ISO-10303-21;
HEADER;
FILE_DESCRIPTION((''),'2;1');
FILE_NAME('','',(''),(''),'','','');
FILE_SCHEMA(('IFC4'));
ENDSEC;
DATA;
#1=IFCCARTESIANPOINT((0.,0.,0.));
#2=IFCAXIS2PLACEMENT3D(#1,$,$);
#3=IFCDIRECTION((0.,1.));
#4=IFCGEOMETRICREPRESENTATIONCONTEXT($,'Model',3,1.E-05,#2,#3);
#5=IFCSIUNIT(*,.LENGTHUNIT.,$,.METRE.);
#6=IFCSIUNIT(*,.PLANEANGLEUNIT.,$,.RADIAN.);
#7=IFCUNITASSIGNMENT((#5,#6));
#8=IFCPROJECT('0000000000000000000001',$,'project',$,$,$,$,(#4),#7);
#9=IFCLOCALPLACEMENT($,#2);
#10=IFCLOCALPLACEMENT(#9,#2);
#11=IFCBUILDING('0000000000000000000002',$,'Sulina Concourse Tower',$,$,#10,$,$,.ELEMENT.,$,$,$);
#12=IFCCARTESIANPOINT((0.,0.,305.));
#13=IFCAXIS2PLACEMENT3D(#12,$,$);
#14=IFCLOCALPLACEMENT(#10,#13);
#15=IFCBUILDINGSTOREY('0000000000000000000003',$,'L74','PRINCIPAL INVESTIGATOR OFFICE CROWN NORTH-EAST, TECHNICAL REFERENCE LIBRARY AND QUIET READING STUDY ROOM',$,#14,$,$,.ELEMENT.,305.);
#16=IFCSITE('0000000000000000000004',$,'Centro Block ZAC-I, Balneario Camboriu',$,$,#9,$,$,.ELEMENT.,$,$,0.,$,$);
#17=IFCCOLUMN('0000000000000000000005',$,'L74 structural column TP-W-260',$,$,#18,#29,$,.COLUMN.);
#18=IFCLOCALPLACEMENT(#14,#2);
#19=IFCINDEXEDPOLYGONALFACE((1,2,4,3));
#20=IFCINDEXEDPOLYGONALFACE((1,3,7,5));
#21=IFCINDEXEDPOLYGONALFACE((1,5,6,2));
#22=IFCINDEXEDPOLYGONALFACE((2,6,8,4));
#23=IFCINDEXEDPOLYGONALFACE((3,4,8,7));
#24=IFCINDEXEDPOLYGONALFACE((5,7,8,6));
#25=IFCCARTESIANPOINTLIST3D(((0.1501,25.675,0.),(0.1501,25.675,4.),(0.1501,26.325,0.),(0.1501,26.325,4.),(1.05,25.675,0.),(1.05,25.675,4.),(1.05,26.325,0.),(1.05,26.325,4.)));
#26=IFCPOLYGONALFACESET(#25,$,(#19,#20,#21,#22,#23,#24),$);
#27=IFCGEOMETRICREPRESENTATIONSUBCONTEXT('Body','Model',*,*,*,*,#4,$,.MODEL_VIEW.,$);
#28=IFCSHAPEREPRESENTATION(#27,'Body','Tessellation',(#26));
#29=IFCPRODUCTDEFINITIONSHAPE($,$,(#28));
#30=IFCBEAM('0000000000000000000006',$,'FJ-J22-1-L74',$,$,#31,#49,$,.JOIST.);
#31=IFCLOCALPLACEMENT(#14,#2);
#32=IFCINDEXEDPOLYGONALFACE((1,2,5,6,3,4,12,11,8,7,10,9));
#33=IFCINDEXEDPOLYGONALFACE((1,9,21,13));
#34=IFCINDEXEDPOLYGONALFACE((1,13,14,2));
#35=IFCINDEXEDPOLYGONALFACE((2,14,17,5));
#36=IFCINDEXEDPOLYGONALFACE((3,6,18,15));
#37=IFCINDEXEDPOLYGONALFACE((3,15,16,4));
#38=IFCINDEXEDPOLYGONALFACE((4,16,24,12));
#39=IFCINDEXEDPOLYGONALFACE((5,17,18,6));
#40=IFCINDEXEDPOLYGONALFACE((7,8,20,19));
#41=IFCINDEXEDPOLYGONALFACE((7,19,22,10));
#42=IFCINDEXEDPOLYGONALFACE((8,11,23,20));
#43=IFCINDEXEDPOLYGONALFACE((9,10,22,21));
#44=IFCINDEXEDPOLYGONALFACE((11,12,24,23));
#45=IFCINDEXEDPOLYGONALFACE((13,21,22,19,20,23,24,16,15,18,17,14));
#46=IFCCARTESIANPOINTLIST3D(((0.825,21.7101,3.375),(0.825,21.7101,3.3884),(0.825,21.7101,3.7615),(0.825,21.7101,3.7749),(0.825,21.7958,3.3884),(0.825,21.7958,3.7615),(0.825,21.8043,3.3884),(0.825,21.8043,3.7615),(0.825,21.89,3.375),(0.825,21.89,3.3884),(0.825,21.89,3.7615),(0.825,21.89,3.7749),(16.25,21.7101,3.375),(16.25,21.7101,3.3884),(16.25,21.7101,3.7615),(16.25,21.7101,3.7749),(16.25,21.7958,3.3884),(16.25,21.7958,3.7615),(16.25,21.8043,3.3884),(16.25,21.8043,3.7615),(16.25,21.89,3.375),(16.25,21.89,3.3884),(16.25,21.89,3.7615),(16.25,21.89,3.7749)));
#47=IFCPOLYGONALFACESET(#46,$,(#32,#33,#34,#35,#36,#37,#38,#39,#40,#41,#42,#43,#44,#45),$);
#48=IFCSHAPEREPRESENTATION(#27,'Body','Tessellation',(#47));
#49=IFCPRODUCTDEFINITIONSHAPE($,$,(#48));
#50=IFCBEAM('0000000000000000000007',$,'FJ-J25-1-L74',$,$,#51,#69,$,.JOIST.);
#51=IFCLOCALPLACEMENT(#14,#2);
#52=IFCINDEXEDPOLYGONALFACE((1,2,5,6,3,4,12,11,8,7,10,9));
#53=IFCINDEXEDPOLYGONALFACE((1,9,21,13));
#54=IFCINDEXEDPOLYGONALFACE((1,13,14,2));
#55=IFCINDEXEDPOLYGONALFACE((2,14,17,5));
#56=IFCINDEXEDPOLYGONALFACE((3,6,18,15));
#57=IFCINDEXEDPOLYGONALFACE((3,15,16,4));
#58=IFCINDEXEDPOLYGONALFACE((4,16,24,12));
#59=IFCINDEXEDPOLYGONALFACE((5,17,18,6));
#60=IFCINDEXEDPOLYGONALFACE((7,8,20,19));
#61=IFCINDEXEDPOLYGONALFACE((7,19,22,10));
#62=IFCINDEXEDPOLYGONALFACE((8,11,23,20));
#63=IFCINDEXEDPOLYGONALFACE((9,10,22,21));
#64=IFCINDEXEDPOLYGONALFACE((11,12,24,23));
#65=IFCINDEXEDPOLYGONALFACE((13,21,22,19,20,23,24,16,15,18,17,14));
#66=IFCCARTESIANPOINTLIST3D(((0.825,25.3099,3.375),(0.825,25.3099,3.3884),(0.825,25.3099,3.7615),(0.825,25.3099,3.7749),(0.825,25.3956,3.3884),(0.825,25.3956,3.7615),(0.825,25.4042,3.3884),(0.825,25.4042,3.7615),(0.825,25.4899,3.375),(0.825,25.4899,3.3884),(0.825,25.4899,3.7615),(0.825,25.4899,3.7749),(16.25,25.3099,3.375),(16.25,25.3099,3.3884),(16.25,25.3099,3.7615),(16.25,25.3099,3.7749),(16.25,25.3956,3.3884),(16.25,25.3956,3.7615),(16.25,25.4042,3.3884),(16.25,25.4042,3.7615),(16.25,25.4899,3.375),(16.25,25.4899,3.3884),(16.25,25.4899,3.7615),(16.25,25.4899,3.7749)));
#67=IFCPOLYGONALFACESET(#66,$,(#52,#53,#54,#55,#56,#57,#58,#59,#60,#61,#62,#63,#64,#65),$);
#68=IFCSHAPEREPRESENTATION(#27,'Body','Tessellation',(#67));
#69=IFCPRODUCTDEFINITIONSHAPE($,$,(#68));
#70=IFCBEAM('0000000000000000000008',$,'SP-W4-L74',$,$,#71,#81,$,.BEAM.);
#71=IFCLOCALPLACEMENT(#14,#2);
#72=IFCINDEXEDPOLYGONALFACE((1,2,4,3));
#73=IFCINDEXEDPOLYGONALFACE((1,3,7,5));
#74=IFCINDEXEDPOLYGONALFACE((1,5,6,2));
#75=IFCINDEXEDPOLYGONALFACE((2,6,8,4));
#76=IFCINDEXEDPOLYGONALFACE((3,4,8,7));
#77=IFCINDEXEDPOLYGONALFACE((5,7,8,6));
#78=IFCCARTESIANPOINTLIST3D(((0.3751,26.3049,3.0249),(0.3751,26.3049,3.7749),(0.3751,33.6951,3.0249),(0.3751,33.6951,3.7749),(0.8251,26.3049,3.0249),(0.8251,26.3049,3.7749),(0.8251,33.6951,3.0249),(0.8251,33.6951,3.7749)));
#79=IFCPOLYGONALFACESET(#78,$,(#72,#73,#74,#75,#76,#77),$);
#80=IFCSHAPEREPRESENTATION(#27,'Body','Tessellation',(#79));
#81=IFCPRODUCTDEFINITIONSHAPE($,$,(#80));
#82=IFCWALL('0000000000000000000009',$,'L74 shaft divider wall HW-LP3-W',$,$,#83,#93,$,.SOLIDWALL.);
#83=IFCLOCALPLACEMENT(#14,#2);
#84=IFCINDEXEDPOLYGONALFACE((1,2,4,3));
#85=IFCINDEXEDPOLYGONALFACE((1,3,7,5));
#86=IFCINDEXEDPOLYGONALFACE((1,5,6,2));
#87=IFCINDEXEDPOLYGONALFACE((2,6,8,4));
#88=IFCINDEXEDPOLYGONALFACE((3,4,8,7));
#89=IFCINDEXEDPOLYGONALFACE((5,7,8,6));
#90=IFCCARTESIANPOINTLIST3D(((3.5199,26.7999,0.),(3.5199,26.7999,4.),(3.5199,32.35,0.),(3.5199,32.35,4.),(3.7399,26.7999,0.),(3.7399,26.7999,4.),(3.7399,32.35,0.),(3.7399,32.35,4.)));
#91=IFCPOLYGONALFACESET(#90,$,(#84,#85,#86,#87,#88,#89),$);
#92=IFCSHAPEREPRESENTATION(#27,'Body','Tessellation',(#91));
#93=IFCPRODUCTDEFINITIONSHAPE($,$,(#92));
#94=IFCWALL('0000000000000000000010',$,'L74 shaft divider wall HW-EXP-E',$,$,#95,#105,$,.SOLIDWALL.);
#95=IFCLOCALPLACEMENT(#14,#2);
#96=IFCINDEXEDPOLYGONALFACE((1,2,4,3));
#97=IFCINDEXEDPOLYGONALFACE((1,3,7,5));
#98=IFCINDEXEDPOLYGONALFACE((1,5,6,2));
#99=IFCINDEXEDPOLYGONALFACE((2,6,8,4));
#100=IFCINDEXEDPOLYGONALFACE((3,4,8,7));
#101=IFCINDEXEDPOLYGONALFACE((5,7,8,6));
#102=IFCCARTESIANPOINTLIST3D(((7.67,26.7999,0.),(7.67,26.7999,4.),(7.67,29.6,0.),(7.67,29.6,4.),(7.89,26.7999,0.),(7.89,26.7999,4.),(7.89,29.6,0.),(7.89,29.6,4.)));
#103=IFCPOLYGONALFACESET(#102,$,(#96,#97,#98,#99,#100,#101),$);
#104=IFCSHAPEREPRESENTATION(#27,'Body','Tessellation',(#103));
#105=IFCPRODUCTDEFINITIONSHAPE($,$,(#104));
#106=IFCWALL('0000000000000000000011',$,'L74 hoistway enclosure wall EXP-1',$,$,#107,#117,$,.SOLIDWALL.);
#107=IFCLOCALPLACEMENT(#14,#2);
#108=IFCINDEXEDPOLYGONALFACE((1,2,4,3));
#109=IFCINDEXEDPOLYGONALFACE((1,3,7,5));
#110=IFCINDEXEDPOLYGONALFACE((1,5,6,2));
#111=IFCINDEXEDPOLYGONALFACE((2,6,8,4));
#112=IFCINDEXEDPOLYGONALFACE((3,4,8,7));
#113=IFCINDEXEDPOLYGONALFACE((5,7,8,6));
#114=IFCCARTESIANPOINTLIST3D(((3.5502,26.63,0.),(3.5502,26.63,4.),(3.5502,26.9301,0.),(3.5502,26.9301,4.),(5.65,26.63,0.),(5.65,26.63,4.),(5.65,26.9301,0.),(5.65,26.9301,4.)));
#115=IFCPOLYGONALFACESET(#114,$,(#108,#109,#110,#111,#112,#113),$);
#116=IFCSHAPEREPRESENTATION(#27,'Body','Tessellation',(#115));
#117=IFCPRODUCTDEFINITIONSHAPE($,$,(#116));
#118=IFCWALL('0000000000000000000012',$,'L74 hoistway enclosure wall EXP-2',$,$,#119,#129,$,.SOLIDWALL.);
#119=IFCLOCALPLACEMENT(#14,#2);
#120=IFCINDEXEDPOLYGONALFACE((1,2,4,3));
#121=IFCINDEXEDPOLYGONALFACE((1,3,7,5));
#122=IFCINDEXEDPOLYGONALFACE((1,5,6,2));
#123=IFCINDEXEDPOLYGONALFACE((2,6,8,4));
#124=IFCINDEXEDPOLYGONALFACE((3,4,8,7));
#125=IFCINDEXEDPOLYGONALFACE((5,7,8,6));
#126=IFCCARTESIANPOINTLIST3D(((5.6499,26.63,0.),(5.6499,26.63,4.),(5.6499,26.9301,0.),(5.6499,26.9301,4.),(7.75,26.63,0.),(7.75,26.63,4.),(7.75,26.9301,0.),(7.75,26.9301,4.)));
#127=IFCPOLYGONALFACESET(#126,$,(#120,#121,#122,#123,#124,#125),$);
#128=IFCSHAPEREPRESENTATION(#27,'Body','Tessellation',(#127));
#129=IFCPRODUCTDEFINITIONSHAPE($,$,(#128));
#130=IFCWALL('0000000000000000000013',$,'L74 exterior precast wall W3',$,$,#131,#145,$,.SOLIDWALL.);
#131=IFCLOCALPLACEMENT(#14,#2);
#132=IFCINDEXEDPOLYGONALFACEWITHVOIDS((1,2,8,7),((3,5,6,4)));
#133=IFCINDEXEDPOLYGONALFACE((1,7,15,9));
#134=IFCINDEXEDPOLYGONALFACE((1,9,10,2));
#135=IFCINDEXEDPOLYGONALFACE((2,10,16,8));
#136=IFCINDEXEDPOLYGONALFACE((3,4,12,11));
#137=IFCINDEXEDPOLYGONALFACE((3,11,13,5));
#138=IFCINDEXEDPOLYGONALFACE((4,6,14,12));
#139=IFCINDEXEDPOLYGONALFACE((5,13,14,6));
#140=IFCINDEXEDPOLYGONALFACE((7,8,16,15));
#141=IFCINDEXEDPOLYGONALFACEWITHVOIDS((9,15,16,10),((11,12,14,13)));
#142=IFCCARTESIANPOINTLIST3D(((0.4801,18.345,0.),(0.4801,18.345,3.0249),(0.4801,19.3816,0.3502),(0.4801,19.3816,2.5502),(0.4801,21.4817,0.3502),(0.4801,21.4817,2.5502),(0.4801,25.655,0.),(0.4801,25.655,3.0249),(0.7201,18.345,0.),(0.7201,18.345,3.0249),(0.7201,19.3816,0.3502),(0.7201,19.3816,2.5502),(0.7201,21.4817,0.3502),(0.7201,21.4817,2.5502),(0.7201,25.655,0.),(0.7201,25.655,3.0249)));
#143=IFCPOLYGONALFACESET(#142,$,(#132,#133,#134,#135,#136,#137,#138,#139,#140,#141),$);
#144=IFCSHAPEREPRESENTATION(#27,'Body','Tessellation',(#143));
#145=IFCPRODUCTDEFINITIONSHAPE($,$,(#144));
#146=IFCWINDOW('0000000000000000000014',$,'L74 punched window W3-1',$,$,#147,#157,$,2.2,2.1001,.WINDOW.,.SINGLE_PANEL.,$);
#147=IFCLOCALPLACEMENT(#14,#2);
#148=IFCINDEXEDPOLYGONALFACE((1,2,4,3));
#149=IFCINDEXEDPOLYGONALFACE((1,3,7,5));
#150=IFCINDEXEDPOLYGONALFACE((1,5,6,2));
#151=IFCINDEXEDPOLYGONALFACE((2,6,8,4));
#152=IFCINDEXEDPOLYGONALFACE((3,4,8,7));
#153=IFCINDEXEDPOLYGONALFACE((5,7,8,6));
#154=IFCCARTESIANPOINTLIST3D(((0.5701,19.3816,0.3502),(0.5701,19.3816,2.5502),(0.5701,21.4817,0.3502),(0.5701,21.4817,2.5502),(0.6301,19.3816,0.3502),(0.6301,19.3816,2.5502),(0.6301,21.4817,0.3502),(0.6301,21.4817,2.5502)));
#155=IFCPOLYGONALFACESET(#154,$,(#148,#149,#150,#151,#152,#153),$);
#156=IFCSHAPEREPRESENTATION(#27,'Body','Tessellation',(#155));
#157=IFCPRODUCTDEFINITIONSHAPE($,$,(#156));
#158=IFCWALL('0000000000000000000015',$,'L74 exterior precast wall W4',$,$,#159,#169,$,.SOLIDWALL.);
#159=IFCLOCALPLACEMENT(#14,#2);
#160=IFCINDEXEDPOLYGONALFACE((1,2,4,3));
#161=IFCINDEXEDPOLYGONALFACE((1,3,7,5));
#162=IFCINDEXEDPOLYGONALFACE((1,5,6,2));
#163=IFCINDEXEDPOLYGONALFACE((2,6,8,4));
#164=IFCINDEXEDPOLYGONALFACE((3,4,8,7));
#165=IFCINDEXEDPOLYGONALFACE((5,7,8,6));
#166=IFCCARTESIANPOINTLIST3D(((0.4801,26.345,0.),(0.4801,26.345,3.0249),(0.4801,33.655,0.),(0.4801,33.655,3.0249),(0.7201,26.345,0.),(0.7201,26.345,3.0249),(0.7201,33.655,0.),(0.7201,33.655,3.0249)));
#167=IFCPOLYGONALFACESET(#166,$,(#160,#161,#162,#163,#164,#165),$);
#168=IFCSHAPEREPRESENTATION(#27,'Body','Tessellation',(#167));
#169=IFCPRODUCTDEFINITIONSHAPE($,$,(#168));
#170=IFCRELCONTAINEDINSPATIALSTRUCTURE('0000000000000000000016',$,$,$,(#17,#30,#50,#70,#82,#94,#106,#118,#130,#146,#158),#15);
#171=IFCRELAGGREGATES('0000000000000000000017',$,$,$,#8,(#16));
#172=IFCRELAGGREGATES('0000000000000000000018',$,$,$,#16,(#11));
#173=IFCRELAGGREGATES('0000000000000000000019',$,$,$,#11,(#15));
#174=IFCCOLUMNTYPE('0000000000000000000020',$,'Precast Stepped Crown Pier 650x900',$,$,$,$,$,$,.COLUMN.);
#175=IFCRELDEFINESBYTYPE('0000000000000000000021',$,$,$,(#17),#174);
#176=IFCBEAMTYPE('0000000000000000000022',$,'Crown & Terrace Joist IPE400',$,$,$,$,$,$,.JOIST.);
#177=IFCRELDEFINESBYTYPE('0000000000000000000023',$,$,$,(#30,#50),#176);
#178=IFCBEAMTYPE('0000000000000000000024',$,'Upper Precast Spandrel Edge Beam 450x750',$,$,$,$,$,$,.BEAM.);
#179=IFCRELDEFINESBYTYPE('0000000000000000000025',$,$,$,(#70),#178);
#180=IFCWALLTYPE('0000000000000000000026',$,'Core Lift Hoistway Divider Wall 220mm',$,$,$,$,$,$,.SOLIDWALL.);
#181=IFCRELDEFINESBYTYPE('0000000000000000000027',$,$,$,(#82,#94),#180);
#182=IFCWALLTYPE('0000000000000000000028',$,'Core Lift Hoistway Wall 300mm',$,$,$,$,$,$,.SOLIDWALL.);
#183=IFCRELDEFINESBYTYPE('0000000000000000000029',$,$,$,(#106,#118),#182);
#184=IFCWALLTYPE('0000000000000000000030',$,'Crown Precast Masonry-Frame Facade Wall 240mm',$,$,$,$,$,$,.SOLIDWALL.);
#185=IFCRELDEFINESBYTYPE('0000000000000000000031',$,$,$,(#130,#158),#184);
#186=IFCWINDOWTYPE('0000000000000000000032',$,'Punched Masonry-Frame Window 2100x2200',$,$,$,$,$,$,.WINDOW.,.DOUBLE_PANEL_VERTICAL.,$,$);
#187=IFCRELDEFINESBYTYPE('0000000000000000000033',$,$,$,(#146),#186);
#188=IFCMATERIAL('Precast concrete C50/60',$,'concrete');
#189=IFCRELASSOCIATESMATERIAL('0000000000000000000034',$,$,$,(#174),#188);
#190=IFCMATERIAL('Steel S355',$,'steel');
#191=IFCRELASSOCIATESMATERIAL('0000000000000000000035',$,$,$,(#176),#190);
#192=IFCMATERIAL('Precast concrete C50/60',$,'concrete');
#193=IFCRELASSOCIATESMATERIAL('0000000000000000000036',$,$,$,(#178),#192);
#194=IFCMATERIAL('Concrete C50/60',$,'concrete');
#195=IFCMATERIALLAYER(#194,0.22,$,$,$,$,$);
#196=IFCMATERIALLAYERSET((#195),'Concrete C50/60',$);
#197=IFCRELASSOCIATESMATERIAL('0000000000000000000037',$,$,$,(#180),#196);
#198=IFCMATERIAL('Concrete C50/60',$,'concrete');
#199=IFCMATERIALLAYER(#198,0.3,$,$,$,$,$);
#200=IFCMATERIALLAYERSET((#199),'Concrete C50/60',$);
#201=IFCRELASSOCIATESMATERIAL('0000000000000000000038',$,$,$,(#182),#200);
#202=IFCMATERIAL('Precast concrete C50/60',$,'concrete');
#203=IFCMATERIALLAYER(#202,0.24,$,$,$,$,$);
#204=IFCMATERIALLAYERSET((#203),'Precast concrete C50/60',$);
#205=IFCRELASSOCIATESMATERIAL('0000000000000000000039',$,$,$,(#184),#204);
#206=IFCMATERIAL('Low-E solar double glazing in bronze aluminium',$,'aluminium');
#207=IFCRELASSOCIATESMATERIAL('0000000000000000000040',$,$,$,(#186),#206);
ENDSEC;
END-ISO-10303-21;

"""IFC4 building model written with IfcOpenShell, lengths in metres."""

from ifc_helpers import new_model, si_unit, direction, frame, frame_2d, origin, origin_2d, place, context, subcontext, project, spatial, rectangle, i_section, extrude, material, layer, layer_set, material_profile, profile_set, type_object, element, fill, save


model = new_model("IFC4")

# Units and contexts
model_context = context("Model", 3, precision=1e-05, world=origin(), true_north=direction((0.0, 1.0)))
body_context = subcontext(model_context, "Body", "Model", "MODEL_VIEW")
ifc_project = project(units=[si_unit("LENGTHUNIT", "METRE"), si_unit("PLANEANGLEUNIT", "RADIAN")], contexts=[model_context])

# Site, building, storey
site_placement = place(None, origin())
site = spatial("IfcSite", under=ifc_project, at=site_placement, Name="Centro Block ZAC-I, Balneario Camboriu", CompositionType="ELEMENT", RefElevation=0.0)
building_placement = place(site_placement, origin())
building = spatial("IfcBuilding", under=site, at=building_placement, Name="Sulina Concourse Tower", CompositionType="ELEMENT")
storey_placement = place(building_placement, frame((0.0, 0.0, 305.0)))
storey = spatial("IfcBuildingStorey", under=building, at=storey_placement, Name="L74", Description="PRINCIPAL INVESTIGATOR OFFICE CROWN NORTH-EAST, TECHNICAL REFERENCE LIBRARY AND QUIET READING STUDY ROOM", CompositionType="ELEMENT", Elevation=305.0)

# Column
ifc_material_1 = material(Name="Precast concrete C50/60", Category="concrete")
ifc_material_profile_1 = material_profile(ifc_material_1, rectangle(XDim=0.6499, YDim=0.8999, at=origin_2d()), Name="PC 650x900")
ifc_profile_set_1 = profile_set([ifc_material_profile_1], Name="Precast concrete C50/60")
column_type = type_object("IfcColumnType", Name="Precast Stepped Crown Pier 650x900", PredefinedType="COLUMN", material=ifc_profile_set_1)
column_placement = place(storey_placement, frame((0.6001, 26.0, 0.0), z_axis=(0.0, 0.0, 1.0), x_axis=(0.0, 1.0, 0.0)))
element("IfcColumn", 1, at=column_placement, inside=storey, type_object=column_type, Name="L74 structural column TP-W-260", PredefinedType="COLUMN", context=body_context, shape_type="SweptSolid", body=[
    extrude(rectangle(XDim=0.6499, YDim=0.8999, at=origin_2d()), origin(), (0.0, 0.0, 1.0), 4.0),
])

# Beams
ifc_material_2 = material(Name="Steel S355", Category="steel")
ifc_material_profile_2 = material_profile(ifc_material_2, i_section(OverallWidth=0.1799, OverallDepth=0.3999, WebThickness=0.0085, FlangeThickness=0.0134, at=origin_2d()), Name="IPE 400")
ifc_profile_set_2 = profile_set([ifc_material_profile_2], Name="Steel S355")
beam_type_1 = type_object("IfcBeamType", Name="Crown & Terrace Joist IPE400", PredefinedType="JOIST", material=ifc_profile_set_2)
for number, where, z_axis, x_axis, name in (
    (2, (0.825, 21.8, 3.575), (1.0, 0.0, 0.0), (0.0, 1.0, 0.0), "FJ-J22-1-L74"),
    (3, (0.825, 25.3999, 3.575), (1.0, 0.0, 0.0), (0.0, 1.0, 0.0), "FJ-J25-1-L74"),
):
    element("IfcBeam", number, at=place(storey_placement, frame(where, z_axis=z_axis, x_axis=x_axis)), inside=storey, type_object=beam_type_1, Name=name, PredefinedType="JOIST", context=body_context, shape_type="SweptSolid", body=[
        extrude(i_section(OverallWidth=0.1799, OverallDepth=0.3999, WebThickness=0.0085, FlangeThickness=0.0134, at=origin_2d()), origin(), (0.0, 0.0, 1.0), 15.425),
    ])
ifc_material_3 = material(Name="Precast concrete C50/60", Category="concrete")
ifc_material_profile_3 = material_profile(ifc_material_3, rectangle(XDim=0.45, YDim=0.75, at=origin_2d()), Name="RC 450x750")
ifc_profile_set_3 = profile_set([ifc_material_profile_3], Name="Precast concrete C50/60")
beam_type_2 = type_object("IfcBeamType", Name="Upper Precast Spandrel Edge Beam 450x750", PredefinedType="BEAM", material=ifc_profile_set_3)
beam_placement = place(storey_placement, frame((0.6001, 26.3049, 3.3999), z_axis=(0.0, 1.0, 0.0), x_axis=(-1.0, 0.0, 0.0)))
element("IfcBeam", 4, at=beam_placement, inside=storey, type_object=beam_type_2, Name="SP-W4-L74", PredefinedType="BEAM", context=body_context, shape_type="SweptSolid", body=[
    extrude(rectangle(XDim=0.45, YDim=0.75, at=origin_2d()), origin(), (0.0, 0.0, 1.0), 7.3901),
])

# Walls
ifc_material_4 = material(Name="Concrete C50/60", Category="concrete")
ifc_layer_1 = layer(ifc_material_4, 0.22)
ifc_layer_set_1 = layer_set([ifc_layer_1], Name="Concrete C50/60")
wall_type_1 = type_object("IfcWallType", Name="Core Lift Hoistway Divider Wall 220mm", PredefinedType="SOLIDWALL", material=ifc_layer_set_1)
wall_1_placement = place(storey_placement, frame((3.6299, 26.8, 0.0), z_axis=(0.0, 0.0, 1.0), x_axis=(0.0, 1.0, 0.0)))
element("IfcWall", 5, at=wall_1_placement, inside=storey, type_object=wall_type_1, Name="L74 shaft divider wall HW-LP3-W", PredefinedType="SOLIDWALL", context=body_context, shape_type="SweptSolid", body=[
    extrude(rectangle(XDim=5.55, YDim=0.22, at=frame_2d((2.7749, 0.0))), origin(), (0.0, 0.0, 1.0), 4.0),
])
wall_2_placement = place(storey_placement, frame((7.78, 26.8, 0.0), z_axis=(0.0, 0.0, 1.0), x_axis=(0.0, 1.0, 0.0)))
element("IfcWall", 6, at=wall_2_placement, inside=storey, type_object=wall_type_1, Name="L74 shaft divider wall HW-EXP-E", PredefinedType="SOLIDWALL", context=body_context, shape_type="SweptSolid", body=[
    extrude(rectangle(XDim=2.8, YDim=0.22, at=frame_2d((1.3999, 0.0))), origin(), (0.0, 0.0, 1.0), 4.0),
])
ifc_material_5 = material(Name="Concrete C50/60", Category="concrete")
ifc_layer_2 = layer(ifc_material_5, 0.3)
ifc_layer_set_2 = layer_set([ifc_layer_2], Name="Concrete C50/60")
wall_type_2 = type_object("IfcWallType", Name="Core Lift Hoistway Wall 300mm", PredefinedType="SOLIDWALL", material=ifc_layer_set_2)
wall_3_placement = place(storey_placement, frame((5.6499, 26.78, 0.0), z_axis=(0.0, 0.0, 1.0), x_axis=(-1.0, 0.0, 0.0)))
element("IfcWall", 7, at=wall_3_placement, inside=storey, type_object=wall_type_2, Name="L74 hoistway enclosure wall EXP-1", PredefinedType="SOLIDWALL", context=body_context, shape_type="SweptSolid", body=[
    extrude(rectangle(XDim=2.0999, YDim=0.3, at=frame_2d((1.0498, 0.0))), origin(), (0.0, 0.0, 1.0), 4.0),
])
wall_4_placement = place(storey_placement, frame((7.75, 26.78, 0.0), z_axis=(0.0, 0.0, 1.0), x_axis=(-1.0, 0.0, 0.0)))
element("IfcWall", 8, at=wall_4_placement, inside=storey, type_object=wall_type_2, Name="L74 hoistway enclosure wall EXP-2", PredefinedType="SOLIDWALL", context=body_context, shape_type="SweptSolid", body=[
    extrude(rectangle(XDim=2.1001, YDim=0.3, at=frame_2d((1.05, 0.0))), origin(), (0.0, 0.0, 1.0), 4.0),
])

# Wall, opening, window
ifc_material_6 = material(Name="Precast concrete C50/60", Category="concrete")
ifc_layer_3 = layer(ifc_material_6, 0.24)
ifc_layer_set_3 = layer_set([ifc_layer_3], Name="Precast concrete C50/60")
wall_type_3 = type_object("IfcWallType", Name="Crown Precast Masonry-Frame Facade Wall 240mm", PredefinedType="SOLIDWALL", material=ifc_layer_set_3)
wall_5_placement = place(storey_placement, frame((0.6001, 18.345, 0.0), z_axis=(0.0, 0.0, 1.0), x_axis=(0.0, 1.0, 0.0)))
wall_5 = element("IfcWall", 9, at=wall_5_placement, inside=storey, type_object=wall_type_3, Name="L74 exterior precast wall W3", PredefinedType="SOLIDWALL", context=body_context, shape_type="SweptSolid", body=[
    extrude(rectangle(XDim=7.3101, YDim=0.24, at=frame_2d((3.655, 0.0))), origin(), (0.0, 0.0, 1.0), 3.0249),
])
opening_1_placement = place(wall_5_placement, frame((1.0366, 0.0, 0.3501)))
opening_1 = element("IfcOpeningElement", 10, at=opening_1_placement, cuts=wall_5, PredefinedType="OPENING", context=body_context, shape_type="SweptSolid", body=[
    extrude(rectangle(XDim=2.1001, YDim=2.2, at=frame_2d((1.05, 1.1001))), frame((0.0, 0.1299, 0.0), z_axis=(0.0, -1.0, 0.0), x_axis=(1.0, 0.0, 0.0)), (0.0, 0.0, 1.0), 0.26),
])
ifc_material_7 = material(Name="Low-E solar double glazing in bronze aluminium", Category="aluminium")
window_type = type_object("IfcWindowType", Name="Punched Masonry-Frame Window 2100x2200", PartitioningType="DOUBLE_PANEL_VERTICAL", PredefinedType="WINDOW", material=ifc_material_7)
window_placement = place(opening_1_placement, origin())
window = element("IfcWindow", 11, at=window_placement, inside=storey, type_object=window_type, Name="L74 punched window W3-1", OverallHeight=2.2, OverallWidth=2.1001, PartitioningType="SINGLE_PANEL", PredefinedType="WINDOW", context=body_context, shape_type="SweptSolid", body=[
    extrude(rectangle(XDim=2.1001, YDim=2.2, at=frame_2d((1.05, 1.1001))), frame((0.0, 0.03, 0.0), z_axis=(0.0, -1.0, 0.0), x_axis=(1.0, 0.0, 0.0)), (0.0, 0.0, 1.0), 0.0601),
])
fill(opening_1, window)

# Wall
wall_6_placement = place(storey_placement, frame((0.6001, 26.345, 0.0), z_axis=(0.0, 0.0, 1.0), x_axis=(0.0, 1.0, 0.0)))
element("IfcWall", 12, at=wall_6_placement, inside=storey, type_object=wall_type_3, Name="L74 exterior precast wall W4", PredefinedType="SOLIDWALL", context=body_context, shape_type="SweptSolid", body=[
    extrude(rectangle(XDim=7.3101, YDim=0.24, at=frame_2d((3.655, 0.0))), origin(), (0.0, 0.0, 1.0), 3.0249),
])

save(model, "model.ifc")
